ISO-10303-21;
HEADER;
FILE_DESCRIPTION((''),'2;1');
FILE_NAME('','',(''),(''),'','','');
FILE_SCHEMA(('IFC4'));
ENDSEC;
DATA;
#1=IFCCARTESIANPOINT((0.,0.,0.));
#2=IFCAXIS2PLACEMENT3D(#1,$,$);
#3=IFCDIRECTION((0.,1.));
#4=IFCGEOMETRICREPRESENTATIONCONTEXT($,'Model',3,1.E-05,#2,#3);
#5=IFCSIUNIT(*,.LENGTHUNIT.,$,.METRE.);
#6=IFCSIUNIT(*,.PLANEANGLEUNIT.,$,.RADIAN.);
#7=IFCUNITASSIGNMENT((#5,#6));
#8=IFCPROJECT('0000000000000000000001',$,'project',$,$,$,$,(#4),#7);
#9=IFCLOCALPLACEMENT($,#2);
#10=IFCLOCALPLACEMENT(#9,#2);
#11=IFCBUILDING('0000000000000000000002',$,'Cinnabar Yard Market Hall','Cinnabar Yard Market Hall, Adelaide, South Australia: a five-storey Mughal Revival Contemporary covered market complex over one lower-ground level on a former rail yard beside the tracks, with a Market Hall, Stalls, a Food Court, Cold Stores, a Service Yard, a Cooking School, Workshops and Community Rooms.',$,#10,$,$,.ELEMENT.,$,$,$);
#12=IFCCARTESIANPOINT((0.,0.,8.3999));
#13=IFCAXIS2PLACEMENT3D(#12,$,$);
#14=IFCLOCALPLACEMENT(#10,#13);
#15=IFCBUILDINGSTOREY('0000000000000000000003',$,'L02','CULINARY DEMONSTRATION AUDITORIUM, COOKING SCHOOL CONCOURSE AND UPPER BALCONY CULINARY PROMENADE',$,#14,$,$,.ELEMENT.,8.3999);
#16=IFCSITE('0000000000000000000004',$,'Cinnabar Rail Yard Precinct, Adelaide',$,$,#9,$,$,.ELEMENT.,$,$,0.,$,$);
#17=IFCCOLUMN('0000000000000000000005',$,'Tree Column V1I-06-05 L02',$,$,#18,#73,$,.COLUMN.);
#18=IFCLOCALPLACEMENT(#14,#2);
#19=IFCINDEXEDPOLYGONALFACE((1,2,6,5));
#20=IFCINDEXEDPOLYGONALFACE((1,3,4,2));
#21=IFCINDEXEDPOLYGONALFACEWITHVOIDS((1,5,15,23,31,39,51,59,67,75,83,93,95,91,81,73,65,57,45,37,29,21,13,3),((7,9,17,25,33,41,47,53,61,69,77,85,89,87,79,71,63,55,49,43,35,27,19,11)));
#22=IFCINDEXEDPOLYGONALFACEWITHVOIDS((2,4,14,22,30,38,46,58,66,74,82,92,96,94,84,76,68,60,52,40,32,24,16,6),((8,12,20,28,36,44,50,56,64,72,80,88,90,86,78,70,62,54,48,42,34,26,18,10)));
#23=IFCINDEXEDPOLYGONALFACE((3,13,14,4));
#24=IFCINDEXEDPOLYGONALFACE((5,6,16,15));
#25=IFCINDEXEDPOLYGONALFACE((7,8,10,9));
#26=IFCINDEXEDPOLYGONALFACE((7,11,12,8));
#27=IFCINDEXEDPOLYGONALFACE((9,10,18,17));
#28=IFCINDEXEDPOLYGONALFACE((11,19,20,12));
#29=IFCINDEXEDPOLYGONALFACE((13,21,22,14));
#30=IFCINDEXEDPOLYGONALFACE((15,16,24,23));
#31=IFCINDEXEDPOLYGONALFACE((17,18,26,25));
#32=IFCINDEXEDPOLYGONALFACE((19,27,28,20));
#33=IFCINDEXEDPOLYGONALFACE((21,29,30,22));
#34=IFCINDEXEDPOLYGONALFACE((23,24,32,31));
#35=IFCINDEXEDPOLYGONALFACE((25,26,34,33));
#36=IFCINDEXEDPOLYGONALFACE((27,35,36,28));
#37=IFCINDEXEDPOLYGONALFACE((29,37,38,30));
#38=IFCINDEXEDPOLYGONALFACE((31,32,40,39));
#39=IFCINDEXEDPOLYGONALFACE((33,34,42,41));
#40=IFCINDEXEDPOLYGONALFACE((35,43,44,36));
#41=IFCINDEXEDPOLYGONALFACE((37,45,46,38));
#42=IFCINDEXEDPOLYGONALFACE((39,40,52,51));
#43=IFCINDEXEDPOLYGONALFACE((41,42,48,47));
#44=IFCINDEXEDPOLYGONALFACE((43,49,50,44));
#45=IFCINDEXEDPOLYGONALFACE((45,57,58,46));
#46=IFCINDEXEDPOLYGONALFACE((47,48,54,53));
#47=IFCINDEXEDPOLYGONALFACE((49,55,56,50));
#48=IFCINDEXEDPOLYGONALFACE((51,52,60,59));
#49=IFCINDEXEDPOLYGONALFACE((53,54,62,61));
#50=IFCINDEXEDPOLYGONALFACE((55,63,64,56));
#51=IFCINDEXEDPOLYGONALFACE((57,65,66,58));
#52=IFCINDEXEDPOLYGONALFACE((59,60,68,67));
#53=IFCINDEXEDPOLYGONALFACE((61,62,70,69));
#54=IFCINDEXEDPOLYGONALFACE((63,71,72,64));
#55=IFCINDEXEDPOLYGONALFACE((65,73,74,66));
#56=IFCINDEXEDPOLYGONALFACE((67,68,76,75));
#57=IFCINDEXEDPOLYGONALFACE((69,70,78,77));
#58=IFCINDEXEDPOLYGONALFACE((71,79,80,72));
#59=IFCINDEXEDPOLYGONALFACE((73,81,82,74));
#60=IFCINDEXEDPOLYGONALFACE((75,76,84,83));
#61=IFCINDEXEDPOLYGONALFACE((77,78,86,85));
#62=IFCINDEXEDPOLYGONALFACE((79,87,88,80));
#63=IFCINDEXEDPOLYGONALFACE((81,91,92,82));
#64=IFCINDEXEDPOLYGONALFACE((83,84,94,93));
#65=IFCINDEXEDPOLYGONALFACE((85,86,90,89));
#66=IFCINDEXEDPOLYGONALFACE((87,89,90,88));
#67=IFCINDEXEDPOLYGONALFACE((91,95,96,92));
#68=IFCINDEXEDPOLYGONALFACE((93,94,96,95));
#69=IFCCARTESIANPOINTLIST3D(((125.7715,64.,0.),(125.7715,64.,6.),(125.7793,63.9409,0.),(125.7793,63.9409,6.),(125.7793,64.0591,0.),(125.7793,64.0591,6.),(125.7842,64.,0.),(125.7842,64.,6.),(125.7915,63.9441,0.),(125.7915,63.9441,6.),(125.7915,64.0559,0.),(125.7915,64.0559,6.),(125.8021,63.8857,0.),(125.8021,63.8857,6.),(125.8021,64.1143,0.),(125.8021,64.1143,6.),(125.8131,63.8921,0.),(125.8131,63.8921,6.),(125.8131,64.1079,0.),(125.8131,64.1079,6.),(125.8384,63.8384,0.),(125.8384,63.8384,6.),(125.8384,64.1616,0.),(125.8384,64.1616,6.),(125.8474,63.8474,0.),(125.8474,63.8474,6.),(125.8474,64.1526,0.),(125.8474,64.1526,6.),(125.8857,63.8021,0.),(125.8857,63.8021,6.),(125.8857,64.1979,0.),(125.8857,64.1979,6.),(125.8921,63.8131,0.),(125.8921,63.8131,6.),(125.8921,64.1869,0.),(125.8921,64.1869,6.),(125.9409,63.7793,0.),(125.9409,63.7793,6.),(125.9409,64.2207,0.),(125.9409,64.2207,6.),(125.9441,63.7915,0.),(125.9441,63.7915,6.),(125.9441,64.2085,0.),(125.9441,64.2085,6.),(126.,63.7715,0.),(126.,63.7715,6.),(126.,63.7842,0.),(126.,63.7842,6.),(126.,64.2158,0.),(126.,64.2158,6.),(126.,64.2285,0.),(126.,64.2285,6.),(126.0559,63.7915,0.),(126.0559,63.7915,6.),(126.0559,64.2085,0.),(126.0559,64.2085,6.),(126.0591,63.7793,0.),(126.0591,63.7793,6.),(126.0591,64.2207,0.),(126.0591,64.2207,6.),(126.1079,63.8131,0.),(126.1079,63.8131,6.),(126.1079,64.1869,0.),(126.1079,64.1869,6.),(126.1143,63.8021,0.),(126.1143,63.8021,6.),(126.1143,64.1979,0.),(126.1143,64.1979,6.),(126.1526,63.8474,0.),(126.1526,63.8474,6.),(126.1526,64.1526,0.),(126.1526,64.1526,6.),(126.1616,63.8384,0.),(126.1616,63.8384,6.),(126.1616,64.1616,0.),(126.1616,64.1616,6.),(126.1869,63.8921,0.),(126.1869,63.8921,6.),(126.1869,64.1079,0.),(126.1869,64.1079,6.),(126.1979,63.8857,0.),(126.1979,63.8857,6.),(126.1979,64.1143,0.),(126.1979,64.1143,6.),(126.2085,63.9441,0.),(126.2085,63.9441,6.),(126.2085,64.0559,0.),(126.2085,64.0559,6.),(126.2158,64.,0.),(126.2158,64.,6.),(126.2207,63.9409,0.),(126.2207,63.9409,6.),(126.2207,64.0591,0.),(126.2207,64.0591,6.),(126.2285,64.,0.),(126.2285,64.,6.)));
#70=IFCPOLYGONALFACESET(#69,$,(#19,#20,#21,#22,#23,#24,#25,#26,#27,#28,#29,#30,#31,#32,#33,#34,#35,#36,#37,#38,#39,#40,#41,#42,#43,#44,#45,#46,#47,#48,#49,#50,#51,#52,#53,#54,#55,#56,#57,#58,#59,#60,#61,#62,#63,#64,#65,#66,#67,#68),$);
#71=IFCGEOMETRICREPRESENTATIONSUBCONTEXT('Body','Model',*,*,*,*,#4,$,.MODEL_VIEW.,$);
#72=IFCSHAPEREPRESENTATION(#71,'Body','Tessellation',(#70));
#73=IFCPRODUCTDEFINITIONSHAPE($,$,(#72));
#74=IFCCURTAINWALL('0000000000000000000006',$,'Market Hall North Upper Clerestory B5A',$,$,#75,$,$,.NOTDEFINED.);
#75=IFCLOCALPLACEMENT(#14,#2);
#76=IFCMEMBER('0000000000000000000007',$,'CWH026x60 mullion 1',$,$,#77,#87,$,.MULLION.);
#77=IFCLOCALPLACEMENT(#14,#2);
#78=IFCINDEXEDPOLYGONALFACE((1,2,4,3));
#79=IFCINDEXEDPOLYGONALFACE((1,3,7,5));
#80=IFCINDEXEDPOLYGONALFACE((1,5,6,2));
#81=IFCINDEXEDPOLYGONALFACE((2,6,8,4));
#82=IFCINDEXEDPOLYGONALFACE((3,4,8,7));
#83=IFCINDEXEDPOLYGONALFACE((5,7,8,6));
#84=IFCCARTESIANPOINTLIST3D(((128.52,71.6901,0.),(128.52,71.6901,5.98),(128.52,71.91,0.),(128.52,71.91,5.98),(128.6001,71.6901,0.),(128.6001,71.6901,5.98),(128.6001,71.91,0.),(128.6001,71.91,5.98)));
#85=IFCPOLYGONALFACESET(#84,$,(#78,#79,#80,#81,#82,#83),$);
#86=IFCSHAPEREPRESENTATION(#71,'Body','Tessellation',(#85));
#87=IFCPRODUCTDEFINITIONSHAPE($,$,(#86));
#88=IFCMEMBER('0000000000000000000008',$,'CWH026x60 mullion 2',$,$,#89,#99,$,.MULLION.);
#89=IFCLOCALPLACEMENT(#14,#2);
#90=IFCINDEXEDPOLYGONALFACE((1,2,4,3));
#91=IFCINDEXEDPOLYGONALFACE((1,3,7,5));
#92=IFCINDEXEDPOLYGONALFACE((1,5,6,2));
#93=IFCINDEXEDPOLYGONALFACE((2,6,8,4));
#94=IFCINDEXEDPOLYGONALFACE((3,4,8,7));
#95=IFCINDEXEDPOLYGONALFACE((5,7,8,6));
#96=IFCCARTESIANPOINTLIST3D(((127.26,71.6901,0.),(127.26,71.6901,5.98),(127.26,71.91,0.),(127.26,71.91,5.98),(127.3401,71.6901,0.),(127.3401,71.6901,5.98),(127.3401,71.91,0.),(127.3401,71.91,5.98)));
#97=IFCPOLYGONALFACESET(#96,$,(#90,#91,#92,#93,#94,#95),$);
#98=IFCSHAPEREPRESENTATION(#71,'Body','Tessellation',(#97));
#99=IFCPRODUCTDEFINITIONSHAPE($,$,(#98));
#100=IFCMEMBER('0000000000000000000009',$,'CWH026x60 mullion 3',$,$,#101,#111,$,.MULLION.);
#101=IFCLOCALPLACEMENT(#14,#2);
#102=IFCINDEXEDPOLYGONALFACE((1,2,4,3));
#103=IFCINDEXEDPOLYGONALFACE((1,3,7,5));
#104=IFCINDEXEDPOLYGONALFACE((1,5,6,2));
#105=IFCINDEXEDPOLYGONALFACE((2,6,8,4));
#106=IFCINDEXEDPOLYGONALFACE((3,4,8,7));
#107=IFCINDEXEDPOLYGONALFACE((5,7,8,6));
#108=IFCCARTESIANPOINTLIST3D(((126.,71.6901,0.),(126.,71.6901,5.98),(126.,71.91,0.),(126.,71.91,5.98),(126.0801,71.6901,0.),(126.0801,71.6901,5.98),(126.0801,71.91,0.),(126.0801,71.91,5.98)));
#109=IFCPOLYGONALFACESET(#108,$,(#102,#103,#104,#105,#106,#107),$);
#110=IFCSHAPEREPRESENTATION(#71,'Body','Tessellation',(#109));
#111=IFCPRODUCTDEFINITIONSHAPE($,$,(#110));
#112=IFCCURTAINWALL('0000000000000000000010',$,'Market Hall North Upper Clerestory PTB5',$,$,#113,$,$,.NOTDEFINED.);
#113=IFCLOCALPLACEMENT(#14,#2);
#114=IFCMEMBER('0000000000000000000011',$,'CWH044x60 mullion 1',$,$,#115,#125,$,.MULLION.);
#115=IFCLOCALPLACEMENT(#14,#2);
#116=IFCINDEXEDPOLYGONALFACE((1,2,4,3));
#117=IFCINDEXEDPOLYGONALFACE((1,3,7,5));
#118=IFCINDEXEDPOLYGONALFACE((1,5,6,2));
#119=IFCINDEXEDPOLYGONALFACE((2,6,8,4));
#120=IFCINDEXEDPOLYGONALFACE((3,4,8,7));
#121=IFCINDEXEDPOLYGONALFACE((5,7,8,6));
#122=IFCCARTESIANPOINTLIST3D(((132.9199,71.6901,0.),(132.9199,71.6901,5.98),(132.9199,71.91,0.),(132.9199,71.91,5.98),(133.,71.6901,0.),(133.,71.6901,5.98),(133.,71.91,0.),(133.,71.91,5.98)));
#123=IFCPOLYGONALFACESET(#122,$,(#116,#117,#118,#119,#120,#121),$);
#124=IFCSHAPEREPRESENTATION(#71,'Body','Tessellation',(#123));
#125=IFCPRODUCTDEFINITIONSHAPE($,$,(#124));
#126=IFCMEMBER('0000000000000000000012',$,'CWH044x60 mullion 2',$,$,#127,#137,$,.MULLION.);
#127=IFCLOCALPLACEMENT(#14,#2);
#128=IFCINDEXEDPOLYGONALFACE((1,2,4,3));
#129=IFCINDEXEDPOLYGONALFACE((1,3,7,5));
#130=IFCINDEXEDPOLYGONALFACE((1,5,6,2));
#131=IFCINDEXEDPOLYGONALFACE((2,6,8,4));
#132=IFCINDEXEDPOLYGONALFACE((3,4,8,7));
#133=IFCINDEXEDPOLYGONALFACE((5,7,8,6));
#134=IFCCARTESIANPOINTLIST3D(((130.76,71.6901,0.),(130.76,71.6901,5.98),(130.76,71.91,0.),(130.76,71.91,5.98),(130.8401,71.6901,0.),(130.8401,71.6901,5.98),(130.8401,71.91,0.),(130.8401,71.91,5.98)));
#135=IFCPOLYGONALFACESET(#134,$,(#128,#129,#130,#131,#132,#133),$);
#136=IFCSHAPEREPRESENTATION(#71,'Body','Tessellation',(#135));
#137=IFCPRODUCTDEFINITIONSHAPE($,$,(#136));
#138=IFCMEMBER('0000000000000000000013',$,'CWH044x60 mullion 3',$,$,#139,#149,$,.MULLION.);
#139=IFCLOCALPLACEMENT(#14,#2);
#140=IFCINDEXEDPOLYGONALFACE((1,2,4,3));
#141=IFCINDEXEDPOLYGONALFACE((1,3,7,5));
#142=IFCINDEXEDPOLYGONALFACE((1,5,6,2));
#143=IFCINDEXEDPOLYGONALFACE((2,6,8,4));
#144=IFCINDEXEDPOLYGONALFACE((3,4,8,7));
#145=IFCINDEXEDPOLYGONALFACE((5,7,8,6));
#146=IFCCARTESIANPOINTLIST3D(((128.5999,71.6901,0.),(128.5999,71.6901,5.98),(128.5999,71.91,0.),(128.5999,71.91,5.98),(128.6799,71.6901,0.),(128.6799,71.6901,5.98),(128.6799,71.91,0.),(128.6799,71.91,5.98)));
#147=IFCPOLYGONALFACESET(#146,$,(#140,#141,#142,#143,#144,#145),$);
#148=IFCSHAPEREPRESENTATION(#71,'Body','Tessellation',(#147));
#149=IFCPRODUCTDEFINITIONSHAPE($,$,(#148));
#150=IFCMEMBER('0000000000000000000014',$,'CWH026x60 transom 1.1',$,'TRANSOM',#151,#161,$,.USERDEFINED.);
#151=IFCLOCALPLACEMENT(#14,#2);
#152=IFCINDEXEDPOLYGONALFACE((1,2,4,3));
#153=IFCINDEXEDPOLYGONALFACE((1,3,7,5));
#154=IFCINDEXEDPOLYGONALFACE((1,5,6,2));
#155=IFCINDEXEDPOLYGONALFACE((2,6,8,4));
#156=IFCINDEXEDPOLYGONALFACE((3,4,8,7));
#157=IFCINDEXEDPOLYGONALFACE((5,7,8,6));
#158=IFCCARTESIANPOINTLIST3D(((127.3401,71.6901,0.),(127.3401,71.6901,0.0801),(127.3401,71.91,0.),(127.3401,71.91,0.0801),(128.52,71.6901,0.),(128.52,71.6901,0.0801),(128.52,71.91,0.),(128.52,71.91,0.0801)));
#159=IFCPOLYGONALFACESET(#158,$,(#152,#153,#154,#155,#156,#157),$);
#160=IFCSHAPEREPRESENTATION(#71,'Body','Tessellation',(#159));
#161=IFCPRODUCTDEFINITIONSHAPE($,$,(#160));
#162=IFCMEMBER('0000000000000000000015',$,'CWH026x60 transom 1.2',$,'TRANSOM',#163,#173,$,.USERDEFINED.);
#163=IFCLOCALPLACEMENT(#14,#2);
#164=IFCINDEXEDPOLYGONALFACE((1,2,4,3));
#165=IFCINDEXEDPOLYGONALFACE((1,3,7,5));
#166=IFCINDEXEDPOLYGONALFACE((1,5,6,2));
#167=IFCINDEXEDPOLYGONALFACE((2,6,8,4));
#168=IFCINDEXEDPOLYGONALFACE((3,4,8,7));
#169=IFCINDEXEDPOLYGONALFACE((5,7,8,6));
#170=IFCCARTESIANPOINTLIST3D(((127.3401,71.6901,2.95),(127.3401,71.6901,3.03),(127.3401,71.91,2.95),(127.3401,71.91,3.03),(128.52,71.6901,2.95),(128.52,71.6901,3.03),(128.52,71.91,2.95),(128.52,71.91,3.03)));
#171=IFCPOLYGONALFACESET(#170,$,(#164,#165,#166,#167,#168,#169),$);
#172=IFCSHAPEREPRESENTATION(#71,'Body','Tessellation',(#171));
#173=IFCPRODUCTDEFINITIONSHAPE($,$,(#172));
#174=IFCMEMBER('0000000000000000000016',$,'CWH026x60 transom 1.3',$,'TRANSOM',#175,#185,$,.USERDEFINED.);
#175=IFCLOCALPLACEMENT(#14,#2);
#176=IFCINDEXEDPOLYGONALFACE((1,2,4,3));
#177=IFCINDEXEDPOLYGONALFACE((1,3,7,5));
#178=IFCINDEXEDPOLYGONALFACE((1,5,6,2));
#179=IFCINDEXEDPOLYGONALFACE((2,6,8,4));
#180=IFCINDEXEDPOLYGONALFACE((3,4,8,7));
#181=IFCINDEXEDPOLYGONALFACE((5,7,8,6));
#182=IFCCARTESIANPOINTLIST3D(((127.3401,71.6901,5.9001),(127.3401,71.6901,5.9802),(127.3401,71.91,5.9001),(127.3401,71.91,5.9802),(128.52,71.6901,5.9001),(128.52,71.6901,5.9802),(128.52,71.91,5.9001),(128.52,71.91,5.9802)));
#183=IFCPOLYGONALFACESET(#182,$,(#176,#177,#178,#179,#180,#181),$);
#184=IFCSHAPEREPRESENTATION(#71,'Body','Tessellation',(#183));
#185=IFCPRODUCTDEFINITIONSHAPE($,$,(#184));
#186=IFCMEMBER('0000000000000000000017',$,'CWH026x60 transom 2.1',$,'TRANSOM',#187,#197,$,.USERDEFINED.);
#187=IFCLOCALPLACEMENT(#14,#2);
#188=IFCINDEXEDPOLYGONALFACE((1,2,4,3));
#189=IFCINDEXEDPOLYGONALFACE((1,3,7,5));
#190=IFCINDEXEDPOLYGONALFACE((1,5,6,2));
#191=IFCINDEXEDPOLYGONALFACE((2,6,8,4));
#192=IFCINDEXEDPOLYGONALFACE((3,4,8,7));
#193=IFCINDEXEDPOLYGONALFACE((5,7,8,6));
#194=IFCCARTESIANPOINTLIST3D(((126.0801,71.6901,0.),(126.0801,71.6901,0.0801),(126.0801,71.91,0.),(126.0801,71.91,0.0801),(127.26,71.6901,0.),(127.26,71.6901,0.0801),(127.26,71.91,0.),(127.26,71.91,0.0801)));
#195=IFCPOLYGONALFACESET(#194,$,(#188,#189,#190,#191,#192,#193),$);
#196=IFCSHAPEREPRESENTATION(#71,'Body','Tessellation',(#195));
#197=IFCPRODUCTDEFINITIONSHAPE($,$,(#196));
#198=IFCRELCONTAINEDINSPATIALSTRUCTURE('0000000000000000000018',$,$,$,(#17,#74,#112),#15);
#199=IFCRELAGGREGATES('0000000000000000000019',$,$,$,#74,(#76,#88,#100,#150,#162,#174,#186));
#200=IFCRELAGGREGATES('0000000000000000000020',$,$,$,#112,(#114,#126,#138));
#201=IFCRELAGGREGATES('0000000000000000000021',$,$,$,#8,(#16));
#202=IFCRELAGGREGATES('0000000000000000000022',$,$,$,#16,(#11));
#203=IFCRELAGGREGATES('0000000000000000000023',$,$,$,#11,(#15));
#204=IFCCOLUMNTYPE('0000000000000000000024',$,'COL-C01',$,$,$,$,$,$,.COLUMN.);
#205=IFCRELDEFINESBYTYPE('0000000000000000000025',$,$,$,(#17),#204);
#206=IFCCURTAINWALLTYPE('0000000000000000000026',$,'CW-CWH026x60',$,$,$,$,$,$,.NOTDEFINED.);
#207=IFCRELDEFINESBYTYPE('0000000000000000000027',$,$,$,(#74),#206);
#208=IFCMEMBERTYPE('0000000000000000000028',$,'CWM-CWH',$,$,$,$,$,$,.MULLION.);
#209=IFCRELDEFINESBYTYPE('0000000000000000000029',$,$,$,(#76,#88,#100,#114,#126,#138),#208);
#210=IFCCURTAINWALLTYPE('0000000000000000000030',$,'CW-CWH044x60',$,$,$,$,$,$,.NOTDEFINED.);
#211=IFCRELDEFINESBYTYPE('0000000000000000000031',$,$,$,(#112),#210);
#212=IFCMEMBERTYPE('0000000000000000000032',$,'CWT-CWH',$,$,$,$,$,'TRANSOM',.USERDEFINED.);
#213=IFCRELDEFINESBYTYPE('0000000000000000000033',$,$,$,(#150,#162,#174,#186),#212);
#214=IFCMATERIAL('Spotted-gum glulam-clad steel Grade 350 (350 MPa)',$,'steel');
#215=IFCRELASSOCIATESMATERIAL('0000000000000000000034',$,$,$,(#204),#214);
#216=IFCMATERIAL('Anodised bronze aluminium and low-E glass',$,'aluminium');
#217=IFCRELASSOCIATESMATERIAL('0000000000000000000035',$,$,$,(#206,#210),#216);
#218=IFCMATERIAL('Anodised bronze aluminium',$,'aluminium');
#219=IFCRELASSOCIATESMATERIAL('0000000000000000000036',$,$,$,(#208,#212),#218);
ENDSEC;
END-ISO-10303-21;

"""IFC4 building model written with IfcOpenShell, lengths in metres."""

from ifc_helpers import new_model, si_unit, direction, frame, origin, origin_2d_with_axis, place, context, subcontext, project, spatial, rectangle, hollow_circle, extrude, material, material_profile, profile_set, type_object, element, aggregate, save


model = new_model("IFC4")

# Units and contexts
model_context = context("Model", 3, precision=1e-05, world=origin(), true_north=direction((0.0, 1.0)))
body_context = subcontext(model_context, "Body", "Model", "MODEL_VIEW")
ifc_project = project(units=[si_unit("LENGTHUNIT", "METRE"), si_unit("PLANEANGLEUNIT", "RADIAN")], contexts=[model_context])

# Site, building, storey
site_placement = place(None, origin())
site = spatial("IfcSite", under=ifc_project, at=site_placement, Name="Cinnabar Rail Yard Precinct, Adelaide", CompositionType="ELEMENT", RefElevation=0.0)
building_placement = place(site_placement, origin())
building = spatial("IfcBuilding", under=site, at=building_placement, Name="Cinnabar Yard Market Hall", Description="Cinnabar Yard Market Hall, Adelaide, South Australia: a five-storey Mughal Revival Contemporary covered market complex over one lower-ground level on a former rail yard beside the tracks, with a Market Hall, Stalls, a Food Court, Cold Stores, a Service Yard, a Cooking School, Workshops and Community Rooms.", CompositionType="ELEMENT")
storey_placement = place(building_placement, frame((0.0, 0.0, 8.3999)))
storey = spatial("IfcBuildingStorey", under=building, at=storey_placement, Name="L02", Description="CULINARY DEMONSTRATION AUDITORIUM, COOKING SCHOOL CONCOURSE AND UPPER BALCONY CULINARY PROMENADE", CompositionType="ELEMENT", Elevation=8.3999)

# Column
ifc_material_1 = material(Name="Spotted-gum glulam-clad steel Grade 350 (350 MPa)", Category="steel")
ifc_material_profile_1 = material_profile(ifc_material_1, hollow_circle(Radius=0.2285, WallThickness=0.0127, at=origin_2d_with_axis()), Name="457.0x12.7CHS")
ifc_profile_set_1 = profile_set([ifc_material_profile_1], Name="Spotted-gum glulam-clad steel Grade 350 (350 MPa)")
column_type = type_object("IfcColumnType", Name="COL-C01", PredefinedType="COLUMN", material=ifc_profile_set_1)
column_placement = place(storey_placement, frame((126.0, 64.0, 0.0), z_axis=(0.0, 0.0, 1.0), x_axis=(1.0, 0.0, 0.0)))
element("IfcColumn", 1, at=column_placement, inside=storey, type_object=column_type, Name="Tree Column V1I-06-05 L02", PredefinedType="COLUMN", context=body_context, shape_type="SweptSolid", body=[
    extrude(hollow_circle(Radius=0.2285, WallThickness=0.0127, at=origin_2d_with_axis()), origin(), (0.0, 0.0, 1.0), 6.0),
])

# Curtain walls, members
ifc_material_2 = material(Name="Anodised bronze aluminium and low-E glass", Category="aluminium")
curtain_wall_type_1 = type_object("IfcCurtainWallType", Name="CW-CWH026x60", PredefinedType="NOTDEFINED", material=ifc_material_2)
curtain_wall_1_placement = place(storey_placement, origin())
curtain_wall_1 = element("IfcCurtainWall", 2, at=curtain_wall_1_placement, inside=storey, type_object=curtain_wall_type_1, Name="Market Hall North Upper Clerestory B5A", PredefinedType="NOTDEFINED")
ifc_material_3 = material(Name="Anodised bronze aluminium", Category="aluminium")
ifc_material_profile_2 = material_profile(ifc_material_3, rectangle(XDim=0.22, YDim=0.0801, at=origin_2d_with_axis()), Name="MUL-CWH")
ifc_profile_set_2 = profile_set([ifc_material_profile_2], Name="Anodised bronze aluminium")
member_type_1 = type_object("IfcMemberType", Name="CWM-CWH", PredefinedType="MULLION", material=ifc_profile_set_2)
member_1_placement = place(storey_placement, frame((128.5601, 71.8, 0.0), z_axis=(0.0, 0.0, 1.0), x_axis=(0.0, -1.0, 0.0)))
member_1 = element("IfcMember", 3, at=member_1_placement, type_object=member_type_1, Name="CWH026x60 mullion 1", PredefinedType="MULLION", context=body_context, shape_type="SweptSolid", body=[
    extrude(rectangle(XDim=0.22, YDim=0.0801, at=origin_2d_with_axis()), origin(), (0.0, 0.0, 1.0), 5.98),
])
member_2_placement = place(storey_placement, frame((127.3, 71.8, 0.0), z_axis=(0.0, 0.0, 1.0), x_axis=(0.0, -1.0, 0.0)))
member_2 = element("IfcMember", 4, at=member_2_placement, type_object=member_type_1, Name="CWH026x60 mullion 2", PredefinedType="MULLION", context=body_context, shape_type="SweptSolid", body=[
    extrude(rectangle(XDim=0.22, YDim=0.0801, at=origin_2d_with_axis()), origin(), (0.0, 0.0, 1.0), 5.98),
])
member_3_placement = place(storey_placement, frame((126.04, 71.8, 0.0), z_axis=(0.0, 0.0, 1.0), x_axis=(0.0, -1.0, 0.0)))
member_3 = element("IfcMember", 5, at=member_3_placement, type_object=member_type_1, Name="CWH026x60 mullion 3", PredefinedType="MULLION", context=body_context, shape_type="SweptSolid", body=[
    extrude(rectangle(XDim=0.22, YDim=0.0801, at=origin_2d_with_axis()), origin(), (0.0, 0.0, 1.0), 5.98),
])
curtain_wall_type_2 = type_object("IfcCurtainWallType", Name="CW-CWH044x60", PredefinedType="NOTDEFINED", material=ifc_material_2)
curtain_wall_2_placement = place(storey_placement, origin())
curtain_wall_2 = element("IfcCurtainWall", 6, at=curtain_wall_2_placement, inside=storey, type_object=curtain_wall_type_2, Name="Market Hall North Upper Clerestory PTB5", PredefinedType="NOTDEFINED")
member_4_placement = place(storey_placement, frame((132.96, 71.8, 0.0), z_axis=(0.0, 0.0, 1.0), x_axis=(0.0, -1.0, 0.0)))
member_4 = element("IfcMember", 7, at=member_4_placement, type_object=member_type_1, Name="CWH044x60 mullion 1", PredefinedType="MULLION", context=body_context, shape_type="SweptSolid", body=[
    extrude(rectangle(XDim=0.22, YDim=0.0801, at=origin_2d_with_axis()), origin(), (0.0, 0.0, 1.0), 5.98),
])
member_5_placement = place(storey_placement, frame((130.8, 71.8, 0.0), z_axis=(0.0, 0.0, 1.0), x_axis=(0.0, -1.0, 0.0)))
member_5 = element("IfcMember", 8, at=member_5_placement, type_object=member_type_1, Name="CWH044x60 mullion 2", PredefinedType="MULLION", context=body_context, shape_type="SweptSolid", body=[
    extrude(rectangle(XDim=0.22, YDim=0.0801, at=origin_2d_with_axis()), origin(), (0.0, 0.0, 1.0), 5.98),
])
member_6_placement = place(storey_placement, frame((128.6399, 71.8, 0.0), z_axis=(0.0, 0.0, 1.0), x_axis=(0.0, -1.0, 0.0)))
member_6 = element("IfcMember", 9, at=member_6_placement, type_object=member_type_1, Name="CWH044x60 mullion 3", PredefinedType="MULLION", context=body_context, shape_type="SweptSolid", body=[
    extrude(rectangle(XDim=0.22, YDim=0.0801, at=origin_2d_with_axis()), origin(), (0.0, 0.0, 1.0), 5.98),
])

# Members
ifc_material_profile_3 = material_profile(ifc_material_3, rectangle(XDim=0.22, YDim=0.0801, at=origin_2d_with_axis()), Name="TRN-CWH")
ifc_profile_set_3 = profile_set([ifc_material_profile_3], Name="Anodised bronze aluminium")
member_type_2 = type_object("IfcMemberType", Name="CWT-CWH", ElementType="TRANSOM", PredefinedType="USERDEFINED", material=ifc_profile_set_3)
member_7_placement = place(storey_placement, frame((128.52, 71.8, 0.04), z_axis=(-1.0, 0.0, 0.0), x_axis=(0.0, -1.0, 0.0)))
member_7 = element("IfcMember", 10, at=member_7_placement, type_object=member_type_2, Name="CWH026x60 transom 1.1", ObjectType="TRANSOM", PredefinedType="USERDEFINED", context=body_context, shape_type="SweptSolid", body=[
    extrude(rectangle(XDim=0.22, YDim=0.0801, at=origin_2d_with_axis()), origin(), (0.0, 0.0, 1.0), 1.1799),
])
member_8_placement = place(storey_placement, frame((128.52, 71.8, 2.99), z_axis=(-1.0, 0.0, 0.0), x_axis=(0.0, -1.0, 0.0)))
member_8 = element("IfcMember", 11, at=member_8_placement, type_object=member_type_2, Name="CWH026x60 transom 1.2", ObjectType="TRANSOM", PredefinedType="USERDEFINED", context=body_context, shape_type="SweptSolid", body=[
    extrude(rectangle(XDim=0.22, YDim=0.0801, at=origin_2d_with_axis()), origin(), (0.0, 0.0, 1.0), 1.1799),
])
member_9_placement = place(storey_placement, frame((128.52, 71.8, 5.9402), z_axis=(-1.0, 0.0, 0.0), x_axis=(0.0, -1.0, 0.0)))
member_9 = element("IfcMember", 12, at=member_9_placement, type_object=member_type_2, Name="CWH026x60 transom 1.3", ObjectType="TRANSOM", PredefinedType="USERDEFINED", context=body_context, shape_type="SweptSolid", body=[
    extrude(rectangle(XDim=0.22, YDim=0.0801, at=origin_2d_with_axis()), origin(), (0.0, 0.0, 1.0), 1.1799),
])
member_10_placement = place(storey_placement, frame((127.26, 71.8, 0.04), z_axis=(-1.0, 0.0, 0.0), x_axis=(0.0, -1.0, 0.0)))
member_10 = element("IfcMember", 13, at=member_10_placement, type_object=member_type_2, Name="CWH026x60 transom 2.1", ObjectType="TRANSOM", PredefinedType="USERDEFINED", context=body_context, shape_type="SweptSolid", body=[
    extrude(rectangle(XDim=0.22, YDim=0.0801, at=origin_2d_with_axis()), origin(), (0.0, 0.0, 1.0), 1.1799),
])

aggregate(curtain_wall_1, [member_1, member_2, member_3, member_7, member_8, member_9, member_10])
aggregate(curtain_wall_2, [member_4, member_5, member_6])

save(model, "model.ifc")
